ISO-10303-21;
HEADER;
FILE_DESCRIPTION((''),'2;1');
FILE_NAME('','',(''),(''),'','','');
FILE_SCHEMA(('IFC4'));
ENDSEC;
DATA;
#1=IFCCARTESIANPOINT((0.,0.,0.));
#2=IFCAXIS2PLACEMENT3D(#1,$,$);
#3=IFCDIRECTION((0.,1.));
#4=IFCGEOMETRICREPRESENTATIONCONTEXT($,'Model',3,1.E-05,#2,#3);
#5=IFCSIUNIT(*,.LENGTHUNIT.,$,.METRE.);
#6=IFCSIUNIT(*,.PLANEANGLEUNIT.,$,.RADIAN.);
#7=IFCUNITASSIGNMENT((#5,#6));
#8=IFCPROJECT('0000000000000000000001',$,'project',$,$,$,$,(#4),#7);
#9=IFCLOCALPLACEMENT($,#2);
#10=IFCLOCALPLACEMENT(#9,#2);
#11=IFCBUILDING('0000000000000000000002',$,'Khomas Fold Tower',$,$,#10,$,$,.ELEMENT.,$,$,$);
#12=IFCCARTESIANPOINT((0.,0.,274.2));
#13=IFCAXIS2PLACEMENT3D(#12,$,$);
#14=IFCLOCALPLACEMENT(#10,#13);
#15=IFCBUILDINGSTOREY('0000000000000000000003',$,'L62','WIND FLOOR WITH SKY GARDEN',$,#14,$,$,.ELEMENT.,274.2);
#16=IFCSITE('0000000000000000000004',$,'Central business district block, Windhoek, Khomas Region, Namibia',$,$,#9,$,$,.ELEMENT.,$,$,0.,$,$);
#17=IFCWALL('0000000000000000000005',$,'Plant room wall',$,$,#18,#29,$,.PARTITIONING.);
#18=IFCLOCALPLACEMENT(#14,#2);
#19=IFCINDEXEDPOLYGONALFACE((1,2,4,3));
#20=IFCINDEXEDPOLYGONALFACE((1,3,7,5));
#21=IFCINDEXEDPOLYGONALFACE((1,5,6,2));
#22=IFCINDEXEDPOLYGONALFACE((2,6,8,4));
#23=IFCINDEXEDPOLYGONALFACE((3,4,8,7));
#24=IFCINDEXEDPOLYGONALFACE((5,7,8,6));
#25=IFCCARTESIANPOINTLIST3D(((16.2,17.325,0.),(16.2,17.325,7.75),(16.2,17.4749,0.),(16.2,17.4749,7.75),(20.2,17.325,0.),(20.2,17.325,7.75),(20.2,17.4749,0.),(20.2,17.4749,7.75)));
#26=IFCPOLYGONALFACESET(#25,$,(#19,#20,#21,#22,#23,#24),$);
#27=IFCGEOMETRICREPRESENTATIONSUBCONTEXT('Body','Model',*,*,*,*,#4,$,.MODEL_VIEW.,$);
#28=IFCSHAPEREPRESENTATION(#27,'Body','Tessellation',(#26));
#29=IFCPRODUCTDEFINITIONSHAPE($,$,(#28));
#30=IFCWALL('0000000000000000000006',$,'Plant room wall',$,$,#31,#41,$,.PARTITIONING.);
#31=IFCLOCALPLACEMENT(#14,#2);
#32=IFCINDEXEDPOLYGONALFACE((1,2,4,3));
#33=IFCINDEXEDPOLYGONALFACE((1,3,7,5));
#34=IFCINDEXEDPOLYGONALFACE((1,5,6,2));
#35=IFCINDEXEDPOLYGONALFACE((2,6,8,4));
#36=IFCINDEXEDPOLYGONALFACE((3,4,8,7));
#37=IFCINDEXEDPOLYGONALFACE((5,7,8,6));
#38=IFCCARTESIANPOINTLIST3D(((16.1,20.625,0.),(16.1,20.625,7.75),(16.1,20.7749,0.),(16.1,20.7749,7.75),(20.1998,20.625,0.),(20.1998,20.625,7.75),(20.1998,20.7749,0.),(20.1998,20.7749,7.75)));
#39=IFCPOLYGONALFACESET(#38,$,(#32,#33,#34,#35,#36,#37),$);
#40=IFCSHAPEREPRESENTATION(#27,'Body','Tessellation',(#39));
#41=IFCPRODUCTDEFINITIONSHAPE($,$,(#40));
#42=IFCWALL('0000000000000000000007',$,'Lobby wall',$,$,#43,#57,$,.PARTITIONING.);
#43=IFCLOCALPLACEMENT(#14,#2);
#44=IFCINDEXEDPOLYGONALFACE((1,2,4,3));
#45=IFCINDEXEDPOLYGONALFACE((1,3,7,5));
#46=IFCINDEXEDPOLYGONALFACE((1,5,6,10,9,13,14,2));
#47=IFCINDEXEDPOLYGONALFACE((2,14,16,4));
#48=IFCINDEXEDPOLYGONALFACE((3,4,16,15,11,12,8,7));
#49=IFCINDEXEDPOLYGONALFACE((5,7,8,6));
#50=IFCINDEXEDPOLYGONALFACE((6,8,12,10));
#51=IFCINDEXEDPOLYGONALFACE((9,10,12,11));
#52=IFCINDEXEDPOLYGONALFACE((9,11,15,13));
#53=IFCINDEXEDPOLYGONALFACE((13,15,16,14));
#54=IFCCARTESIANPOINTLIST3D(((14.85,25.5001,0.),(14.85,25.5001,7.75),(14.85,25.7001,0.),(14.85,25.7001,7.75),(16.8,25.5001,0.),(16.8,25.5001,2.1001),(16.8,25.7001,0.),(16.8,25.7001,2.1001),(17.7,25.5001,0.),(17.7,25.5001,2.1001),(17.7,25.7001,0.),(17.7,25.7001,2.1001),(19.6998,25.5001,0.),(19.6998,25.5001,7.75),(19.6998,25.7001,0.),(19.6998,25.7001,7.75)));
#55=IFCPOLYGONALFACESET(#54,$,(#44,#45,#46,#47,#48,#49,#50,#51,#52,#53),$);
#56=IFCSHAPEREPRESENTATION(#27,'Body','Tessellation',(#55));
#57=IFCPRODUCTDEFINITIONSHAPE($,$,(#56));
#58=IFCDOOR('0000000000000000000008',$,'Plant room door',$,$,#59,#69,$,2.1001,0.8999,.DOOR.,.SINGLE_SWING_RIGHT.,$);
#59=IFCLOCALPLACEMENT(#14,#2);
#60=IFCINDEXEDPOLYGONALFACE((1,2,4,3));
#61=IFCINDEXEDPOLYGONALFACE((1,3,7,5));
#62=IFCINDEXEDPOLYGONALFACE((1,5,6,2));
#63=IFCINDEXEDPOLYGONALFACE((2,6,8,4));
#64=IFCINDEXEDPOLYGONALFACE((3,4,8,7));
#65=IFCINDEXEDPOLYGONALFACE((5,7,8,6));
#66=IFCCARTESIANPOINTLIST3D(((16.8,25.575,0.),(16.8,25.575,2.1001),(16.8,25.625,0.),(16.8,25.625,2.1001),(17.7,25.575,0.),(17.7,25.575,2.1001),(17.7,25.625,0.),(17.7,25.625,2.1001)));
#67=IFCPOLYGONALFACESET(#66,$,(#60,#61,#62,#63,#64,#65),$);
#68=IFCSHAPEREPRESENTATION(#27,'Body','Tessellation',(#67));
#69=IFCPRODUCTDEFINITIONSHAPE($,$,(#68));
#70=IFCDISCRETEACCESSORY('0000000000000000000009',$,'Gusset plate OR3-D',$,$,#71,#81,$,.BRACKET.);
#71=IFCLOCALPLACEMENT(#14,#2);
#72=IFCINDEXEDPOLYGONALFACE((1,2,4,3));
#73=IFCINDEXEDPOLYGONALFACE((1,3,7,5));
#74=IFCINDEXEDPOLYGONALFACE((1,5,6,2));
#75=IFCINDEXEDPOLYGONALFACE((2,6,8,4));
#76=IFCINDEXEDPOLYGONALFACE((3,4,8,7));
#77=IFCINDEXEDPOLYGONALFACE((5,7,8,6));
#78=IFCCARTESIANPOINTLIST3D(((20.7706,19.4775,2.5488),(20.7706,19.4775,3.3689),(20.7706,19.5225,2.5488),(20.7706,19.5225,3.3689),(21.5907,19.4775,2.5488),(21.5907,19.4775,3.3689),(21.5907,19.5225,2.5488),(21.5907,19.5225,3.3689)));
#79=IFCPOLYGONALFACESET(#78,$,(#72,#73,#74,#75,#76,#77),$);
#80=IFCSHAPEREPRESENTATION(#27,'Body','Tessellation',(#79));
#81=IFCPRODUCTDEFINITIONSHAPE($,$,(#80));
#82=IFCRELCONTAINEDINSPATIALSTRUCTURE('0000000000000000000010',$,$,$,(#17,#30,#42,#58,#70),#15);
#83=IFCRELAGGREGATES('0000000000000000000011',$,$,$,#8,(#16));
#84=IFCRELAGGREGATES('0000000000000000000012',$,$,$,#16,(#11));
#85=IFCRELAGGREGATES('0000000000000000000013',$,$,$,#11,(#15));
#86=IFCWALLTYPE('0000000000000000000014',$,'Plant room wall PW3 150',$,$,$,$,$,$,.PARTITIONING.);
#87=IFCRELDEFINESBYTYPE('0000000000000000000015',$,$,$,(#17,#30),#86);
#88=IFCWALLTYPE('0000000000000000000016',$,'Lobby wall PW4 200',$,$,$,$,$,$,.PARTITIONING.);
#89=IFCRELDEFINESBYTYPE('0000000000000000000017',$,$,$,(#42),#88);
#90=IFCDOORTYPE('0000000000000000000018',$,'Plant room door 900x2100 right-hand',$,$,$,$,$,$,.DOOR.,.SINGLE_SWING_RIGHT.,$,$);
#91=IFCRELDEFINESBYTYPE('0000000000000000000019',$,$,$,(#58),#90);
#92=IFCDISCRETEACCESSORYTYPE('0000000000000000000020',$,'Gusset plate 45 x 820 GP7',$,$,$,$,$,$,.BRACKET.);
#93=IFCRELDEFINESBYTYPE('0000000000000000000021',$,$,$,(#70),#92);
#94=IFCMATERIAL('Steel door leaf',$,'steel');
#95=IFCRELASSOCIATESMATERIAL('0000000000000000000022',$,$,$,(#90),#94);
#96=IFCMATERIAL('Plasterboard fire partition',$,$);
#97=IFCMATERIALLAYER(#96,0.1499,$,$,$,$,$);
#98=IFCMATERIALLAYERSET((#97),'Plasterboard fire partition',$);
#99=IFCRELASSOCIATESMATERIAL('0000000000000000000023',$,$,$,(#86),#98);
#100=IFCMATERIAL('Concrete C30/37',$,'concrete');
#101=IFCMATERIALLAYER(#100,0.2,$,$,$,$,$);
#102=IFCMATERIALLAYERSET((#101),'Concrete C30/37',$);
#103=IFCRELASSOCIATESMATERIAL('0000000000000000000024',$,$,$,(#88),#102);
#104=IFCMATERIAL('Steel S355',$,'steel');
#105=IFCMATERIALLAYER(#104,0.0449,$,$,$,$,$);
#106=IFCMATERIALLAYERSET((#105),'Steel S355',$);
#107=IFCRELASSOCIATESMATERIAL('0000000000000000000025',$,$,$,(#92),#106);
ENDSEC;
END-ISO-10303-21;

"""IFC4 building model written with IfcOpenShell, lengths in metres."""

from ifc_helpers import new_model, si_unit, direction, frame, frame_2d, origin, origin_2d, place, context, subcontext, project, spatial, rectangle, extrude, source, transform, mapped, material, layer, layer_set, type_object, element, fill, save


model = new_model("IFC4")

# Units and contexts
model_context = context("Model", 3, precision=1e-05, world=origin(), true_north=direction((0.0, 1.0)))
body_context = subcontext(model_context, "Body", "Model", "MODEL_VIEW")
ifc_project = project(units=[si_unit("LENGTHUNIT", "METRE"), si_unit("PLANEANGLEUNIT", "RADIAN")], contexts=[model_context])

# Site, building, storey
site_placement = place(None, origin())
site = spatial("IfcSite", under=ifc_project, at=site_placement, Name="Central business district block, Windhoek, Khomas Region, Namibia", CompositionType="ELEMENT", RefElevation=0.0)
building_placement = place(site_placement, origin())
building = spatial("IfcBuilding", under=site, at=building_placement, Name="Khomas Fold Tower", CompositionType="ELEMENT")
storey_placement = place(building_placement, frame((0.0, 0.0, 274.2)))
storey = spatial("IfcBuildingStorey", under=building, at=storey_placement, Name="L62", Description="WIND FLOOR WITH SKY GARDEN", CompositionType="ELEMENT", Elevation=274.2)

# Shared definitions
ifc_material_1 = material(Name="Steel door leaf", Category="steel")
door_type_1 = type_object("IfcDoorType", Name="Plant room door 900x2100 right-hand", OperationType="SINGLE_SWING_RIGHT", PredefinedType="DOOR", material=ifc_material_1)

# Walls
ifc_material_2 = material(Name="Plasterboard fire partition")
ifc_layer_1 = layer(ifc_material_2, 0.1499)
ifc_layer_set_1 = layer_set([ifc_layer_1], Name="Plasterboard fire partition")
wall_type_1 = type_object("IfcWallType", Name="Plant room wall PW3 150", PredefinedType="PARTITIONING", material=ifc_layer_set_1)
shared_shape_1 = source(origin(), body_context, "Body", "SweptSolid", [
    extrude(rectangle(XDim=4.0, YDim=0.1499, at=frame_2d((2.0, 0.0))), origin(), (0.0, 0.0, 1.0), 7.75),
])
wall_1_placement = place(storey_placement, frame((16.2, 17.3999, 0.0), z_axis=(0.0, 0.0, 1.0), x_axis=(1.0, 0.0, 0.0)))
element("IfcWall", 1, at=wall_1_placement, inside=storey, type_object=wall_type_1, Name="Plant room wall", PredefinedType="PARTITIONING", context=body_context, shape_type="MappedRepresentation", body=[
    mapped(shared_shape_1, transform((0.0, 0.0, 0.0))),
])
shared_shape_2 = source(origin(), body_context, "Body", "SweptSolid", [
    extrude(rectangle(XDim=4.0999, YDim=0.1499, at=frame_2d((2.0498, 0.0))), origin(), (0.0, 0.0, 1.0), 7.75),
])
wall_2_placement = place(storey_placement, frame((16.1001, 20.7, 0.0), z_axis=(0.0, 0.0, 1.0), x_axis=(1.0, 0.0, 0.0)))
element("IfcWall", 2, at=wall_2_placement, inside=storey, type_object=wall_type_1, Name="Plant room wall", PredefinedType="PARTITIONING", context=body_context, shape_type="MappedRepresentation", body=[
    mapped(shared_shape_2, transform((0.0, 0.0, 0.0))),
])

# Wall, opening, door
ifc_material_3 = material(Name="Concrete C30/37", Category="concrete")
ifc_layer_2 = layer(ifc_material_3, 0.2)
ifc_layer_set_2 = layer_set([ifc_layer_2], Name="Concrete C30/37")
wall_type_2 = type_object("IfcWallType", Name="Lobby wall PW4 200", PredefinedType="PARTITIONING", material=ifc_layer_set_2)
shared_shape_3 = source(origin(), body_context, "Body", "SweptSolid", [
    extrude(rectangle(XDim=4.8499, YDim=0.2, at=frame_2d((2.4248, 0.0))), origin(), (0.0, 0.0, 1.0), 7.75),
])
wall_3_placement = place(storey_placement, frame((14.8501, 25.6001, 0.0), z_axis=(0.0, 0.0, 1.0), x_axis=(1.0, 0.0, 0.0)))
wall_3 = element("IfcWall", 3, at=wall_3_placement, inside=storey, type_object=wall_type_2, Name="Lobby wall", PredefinedType="PARTITIONING", context=body_context, shape_type="MappedRepresentation", body=[
    mapped(shared_shape_3, transform((0.0, 0.0, 0.0))),
])
shared_shape_4 = source(origin(), body_context, "Body", "SweptSolid", [
    extrude(rectangle(XDim=0.8999, YDim=2.1001, at=frame_2d((0.45, 1.05))), frame((0.0, 0.1099, 0.0), z_axis=(0.0, -1.0, 0.0), x_axis=(1.0, 0.0, 0.0)), (0.0, 0.0, 1.0), 0.22),
])
opening_1_placement = place(wall_3_placement, frame((1.95, 0.0, 0.0)))
opening_1 = element("IfcOpeningElement", 4, at=opening_1_placement, cuts=wall_3, PredefinedType="OPENING", context=body_context, shape_type="MappedRepresentation", body=[
    mapped(shared_shape_4, transform((0.0, 0.0, 0.0))),
])
shared_shape_5 = source(origin(), body_context, "Body", "SweptSolid", [
    extrude(rectangle(XDim=0.8999, YDim=2.1001, at=frame_2d((0.45, 1.05))), frame((0.0, 0.0249, 0.0), z_axis=(0.0, -1.0, 0.0), x_axis=(1.0, 0.0, 0.0)), (0.0, 0.0, 1.0), 0.05),
])
door_1_placement = place(opening_1_placement, origin())
door_1 = element("IfcDoor", 5, at=door_1_placement, inside=storey, type_object=door_type_1, Name="Plant room door", OperationType="SINGLE_SWING_RIGHT", OverallHeight=2.1001, OverallWidth=0.8999, PredefinedType="DOOR", context=body_context, shape_type="MappedRepresentation", body=[
    mapped(shared_shape_5, transform((0.0, 0.0, 0.0))),
])
fill(opening_1, door_1)

# Discrete accessory
ifc_material_4 = material(Name="Steel S355", Category="steel")
ifc_layer_3 = layer(ifc_material_4, 0.0449)
ifc_layer_set_3 = layer_set([ifc_layer_3], Name="Steel S355")
discrete_accessory_type = type_object("IfcDiscreteAccessoryType", Name="Gusset plate 45 x 820 GP7", PredefinedType="BRACKET", material=ifc_layer_set_3)
shared_shape_6 = source(origin(), body_context, "Body", "SweptSolid", [
    extrude(rectangle(XDim=0.8201, YDim=0.0449, at=origin_2d()), origin(), (0.0, 0.0, 1.0), 0.8201),
])
discrete_accessory_placement = place(storey_placement, frame((21.1807, 19.5, 2.5488), z_axis=(0.0, 0.0, 1.0), x_axis=(1.0, 0.0, 0.0)))
element("IfcDiscreteAccessory", 6, at=discrete_accessory_placement, inside=storey, type_object=discrete_accessory_type, Name="Gusset plate OR3-D", PredefinedType="BRACKET", context=body_context, shape_type="MappedRepresentation", body=[
    mapped(shared_shape_6, transform((0.0, 0.0, 0.0))),
])

save(model, "model.ifc")
